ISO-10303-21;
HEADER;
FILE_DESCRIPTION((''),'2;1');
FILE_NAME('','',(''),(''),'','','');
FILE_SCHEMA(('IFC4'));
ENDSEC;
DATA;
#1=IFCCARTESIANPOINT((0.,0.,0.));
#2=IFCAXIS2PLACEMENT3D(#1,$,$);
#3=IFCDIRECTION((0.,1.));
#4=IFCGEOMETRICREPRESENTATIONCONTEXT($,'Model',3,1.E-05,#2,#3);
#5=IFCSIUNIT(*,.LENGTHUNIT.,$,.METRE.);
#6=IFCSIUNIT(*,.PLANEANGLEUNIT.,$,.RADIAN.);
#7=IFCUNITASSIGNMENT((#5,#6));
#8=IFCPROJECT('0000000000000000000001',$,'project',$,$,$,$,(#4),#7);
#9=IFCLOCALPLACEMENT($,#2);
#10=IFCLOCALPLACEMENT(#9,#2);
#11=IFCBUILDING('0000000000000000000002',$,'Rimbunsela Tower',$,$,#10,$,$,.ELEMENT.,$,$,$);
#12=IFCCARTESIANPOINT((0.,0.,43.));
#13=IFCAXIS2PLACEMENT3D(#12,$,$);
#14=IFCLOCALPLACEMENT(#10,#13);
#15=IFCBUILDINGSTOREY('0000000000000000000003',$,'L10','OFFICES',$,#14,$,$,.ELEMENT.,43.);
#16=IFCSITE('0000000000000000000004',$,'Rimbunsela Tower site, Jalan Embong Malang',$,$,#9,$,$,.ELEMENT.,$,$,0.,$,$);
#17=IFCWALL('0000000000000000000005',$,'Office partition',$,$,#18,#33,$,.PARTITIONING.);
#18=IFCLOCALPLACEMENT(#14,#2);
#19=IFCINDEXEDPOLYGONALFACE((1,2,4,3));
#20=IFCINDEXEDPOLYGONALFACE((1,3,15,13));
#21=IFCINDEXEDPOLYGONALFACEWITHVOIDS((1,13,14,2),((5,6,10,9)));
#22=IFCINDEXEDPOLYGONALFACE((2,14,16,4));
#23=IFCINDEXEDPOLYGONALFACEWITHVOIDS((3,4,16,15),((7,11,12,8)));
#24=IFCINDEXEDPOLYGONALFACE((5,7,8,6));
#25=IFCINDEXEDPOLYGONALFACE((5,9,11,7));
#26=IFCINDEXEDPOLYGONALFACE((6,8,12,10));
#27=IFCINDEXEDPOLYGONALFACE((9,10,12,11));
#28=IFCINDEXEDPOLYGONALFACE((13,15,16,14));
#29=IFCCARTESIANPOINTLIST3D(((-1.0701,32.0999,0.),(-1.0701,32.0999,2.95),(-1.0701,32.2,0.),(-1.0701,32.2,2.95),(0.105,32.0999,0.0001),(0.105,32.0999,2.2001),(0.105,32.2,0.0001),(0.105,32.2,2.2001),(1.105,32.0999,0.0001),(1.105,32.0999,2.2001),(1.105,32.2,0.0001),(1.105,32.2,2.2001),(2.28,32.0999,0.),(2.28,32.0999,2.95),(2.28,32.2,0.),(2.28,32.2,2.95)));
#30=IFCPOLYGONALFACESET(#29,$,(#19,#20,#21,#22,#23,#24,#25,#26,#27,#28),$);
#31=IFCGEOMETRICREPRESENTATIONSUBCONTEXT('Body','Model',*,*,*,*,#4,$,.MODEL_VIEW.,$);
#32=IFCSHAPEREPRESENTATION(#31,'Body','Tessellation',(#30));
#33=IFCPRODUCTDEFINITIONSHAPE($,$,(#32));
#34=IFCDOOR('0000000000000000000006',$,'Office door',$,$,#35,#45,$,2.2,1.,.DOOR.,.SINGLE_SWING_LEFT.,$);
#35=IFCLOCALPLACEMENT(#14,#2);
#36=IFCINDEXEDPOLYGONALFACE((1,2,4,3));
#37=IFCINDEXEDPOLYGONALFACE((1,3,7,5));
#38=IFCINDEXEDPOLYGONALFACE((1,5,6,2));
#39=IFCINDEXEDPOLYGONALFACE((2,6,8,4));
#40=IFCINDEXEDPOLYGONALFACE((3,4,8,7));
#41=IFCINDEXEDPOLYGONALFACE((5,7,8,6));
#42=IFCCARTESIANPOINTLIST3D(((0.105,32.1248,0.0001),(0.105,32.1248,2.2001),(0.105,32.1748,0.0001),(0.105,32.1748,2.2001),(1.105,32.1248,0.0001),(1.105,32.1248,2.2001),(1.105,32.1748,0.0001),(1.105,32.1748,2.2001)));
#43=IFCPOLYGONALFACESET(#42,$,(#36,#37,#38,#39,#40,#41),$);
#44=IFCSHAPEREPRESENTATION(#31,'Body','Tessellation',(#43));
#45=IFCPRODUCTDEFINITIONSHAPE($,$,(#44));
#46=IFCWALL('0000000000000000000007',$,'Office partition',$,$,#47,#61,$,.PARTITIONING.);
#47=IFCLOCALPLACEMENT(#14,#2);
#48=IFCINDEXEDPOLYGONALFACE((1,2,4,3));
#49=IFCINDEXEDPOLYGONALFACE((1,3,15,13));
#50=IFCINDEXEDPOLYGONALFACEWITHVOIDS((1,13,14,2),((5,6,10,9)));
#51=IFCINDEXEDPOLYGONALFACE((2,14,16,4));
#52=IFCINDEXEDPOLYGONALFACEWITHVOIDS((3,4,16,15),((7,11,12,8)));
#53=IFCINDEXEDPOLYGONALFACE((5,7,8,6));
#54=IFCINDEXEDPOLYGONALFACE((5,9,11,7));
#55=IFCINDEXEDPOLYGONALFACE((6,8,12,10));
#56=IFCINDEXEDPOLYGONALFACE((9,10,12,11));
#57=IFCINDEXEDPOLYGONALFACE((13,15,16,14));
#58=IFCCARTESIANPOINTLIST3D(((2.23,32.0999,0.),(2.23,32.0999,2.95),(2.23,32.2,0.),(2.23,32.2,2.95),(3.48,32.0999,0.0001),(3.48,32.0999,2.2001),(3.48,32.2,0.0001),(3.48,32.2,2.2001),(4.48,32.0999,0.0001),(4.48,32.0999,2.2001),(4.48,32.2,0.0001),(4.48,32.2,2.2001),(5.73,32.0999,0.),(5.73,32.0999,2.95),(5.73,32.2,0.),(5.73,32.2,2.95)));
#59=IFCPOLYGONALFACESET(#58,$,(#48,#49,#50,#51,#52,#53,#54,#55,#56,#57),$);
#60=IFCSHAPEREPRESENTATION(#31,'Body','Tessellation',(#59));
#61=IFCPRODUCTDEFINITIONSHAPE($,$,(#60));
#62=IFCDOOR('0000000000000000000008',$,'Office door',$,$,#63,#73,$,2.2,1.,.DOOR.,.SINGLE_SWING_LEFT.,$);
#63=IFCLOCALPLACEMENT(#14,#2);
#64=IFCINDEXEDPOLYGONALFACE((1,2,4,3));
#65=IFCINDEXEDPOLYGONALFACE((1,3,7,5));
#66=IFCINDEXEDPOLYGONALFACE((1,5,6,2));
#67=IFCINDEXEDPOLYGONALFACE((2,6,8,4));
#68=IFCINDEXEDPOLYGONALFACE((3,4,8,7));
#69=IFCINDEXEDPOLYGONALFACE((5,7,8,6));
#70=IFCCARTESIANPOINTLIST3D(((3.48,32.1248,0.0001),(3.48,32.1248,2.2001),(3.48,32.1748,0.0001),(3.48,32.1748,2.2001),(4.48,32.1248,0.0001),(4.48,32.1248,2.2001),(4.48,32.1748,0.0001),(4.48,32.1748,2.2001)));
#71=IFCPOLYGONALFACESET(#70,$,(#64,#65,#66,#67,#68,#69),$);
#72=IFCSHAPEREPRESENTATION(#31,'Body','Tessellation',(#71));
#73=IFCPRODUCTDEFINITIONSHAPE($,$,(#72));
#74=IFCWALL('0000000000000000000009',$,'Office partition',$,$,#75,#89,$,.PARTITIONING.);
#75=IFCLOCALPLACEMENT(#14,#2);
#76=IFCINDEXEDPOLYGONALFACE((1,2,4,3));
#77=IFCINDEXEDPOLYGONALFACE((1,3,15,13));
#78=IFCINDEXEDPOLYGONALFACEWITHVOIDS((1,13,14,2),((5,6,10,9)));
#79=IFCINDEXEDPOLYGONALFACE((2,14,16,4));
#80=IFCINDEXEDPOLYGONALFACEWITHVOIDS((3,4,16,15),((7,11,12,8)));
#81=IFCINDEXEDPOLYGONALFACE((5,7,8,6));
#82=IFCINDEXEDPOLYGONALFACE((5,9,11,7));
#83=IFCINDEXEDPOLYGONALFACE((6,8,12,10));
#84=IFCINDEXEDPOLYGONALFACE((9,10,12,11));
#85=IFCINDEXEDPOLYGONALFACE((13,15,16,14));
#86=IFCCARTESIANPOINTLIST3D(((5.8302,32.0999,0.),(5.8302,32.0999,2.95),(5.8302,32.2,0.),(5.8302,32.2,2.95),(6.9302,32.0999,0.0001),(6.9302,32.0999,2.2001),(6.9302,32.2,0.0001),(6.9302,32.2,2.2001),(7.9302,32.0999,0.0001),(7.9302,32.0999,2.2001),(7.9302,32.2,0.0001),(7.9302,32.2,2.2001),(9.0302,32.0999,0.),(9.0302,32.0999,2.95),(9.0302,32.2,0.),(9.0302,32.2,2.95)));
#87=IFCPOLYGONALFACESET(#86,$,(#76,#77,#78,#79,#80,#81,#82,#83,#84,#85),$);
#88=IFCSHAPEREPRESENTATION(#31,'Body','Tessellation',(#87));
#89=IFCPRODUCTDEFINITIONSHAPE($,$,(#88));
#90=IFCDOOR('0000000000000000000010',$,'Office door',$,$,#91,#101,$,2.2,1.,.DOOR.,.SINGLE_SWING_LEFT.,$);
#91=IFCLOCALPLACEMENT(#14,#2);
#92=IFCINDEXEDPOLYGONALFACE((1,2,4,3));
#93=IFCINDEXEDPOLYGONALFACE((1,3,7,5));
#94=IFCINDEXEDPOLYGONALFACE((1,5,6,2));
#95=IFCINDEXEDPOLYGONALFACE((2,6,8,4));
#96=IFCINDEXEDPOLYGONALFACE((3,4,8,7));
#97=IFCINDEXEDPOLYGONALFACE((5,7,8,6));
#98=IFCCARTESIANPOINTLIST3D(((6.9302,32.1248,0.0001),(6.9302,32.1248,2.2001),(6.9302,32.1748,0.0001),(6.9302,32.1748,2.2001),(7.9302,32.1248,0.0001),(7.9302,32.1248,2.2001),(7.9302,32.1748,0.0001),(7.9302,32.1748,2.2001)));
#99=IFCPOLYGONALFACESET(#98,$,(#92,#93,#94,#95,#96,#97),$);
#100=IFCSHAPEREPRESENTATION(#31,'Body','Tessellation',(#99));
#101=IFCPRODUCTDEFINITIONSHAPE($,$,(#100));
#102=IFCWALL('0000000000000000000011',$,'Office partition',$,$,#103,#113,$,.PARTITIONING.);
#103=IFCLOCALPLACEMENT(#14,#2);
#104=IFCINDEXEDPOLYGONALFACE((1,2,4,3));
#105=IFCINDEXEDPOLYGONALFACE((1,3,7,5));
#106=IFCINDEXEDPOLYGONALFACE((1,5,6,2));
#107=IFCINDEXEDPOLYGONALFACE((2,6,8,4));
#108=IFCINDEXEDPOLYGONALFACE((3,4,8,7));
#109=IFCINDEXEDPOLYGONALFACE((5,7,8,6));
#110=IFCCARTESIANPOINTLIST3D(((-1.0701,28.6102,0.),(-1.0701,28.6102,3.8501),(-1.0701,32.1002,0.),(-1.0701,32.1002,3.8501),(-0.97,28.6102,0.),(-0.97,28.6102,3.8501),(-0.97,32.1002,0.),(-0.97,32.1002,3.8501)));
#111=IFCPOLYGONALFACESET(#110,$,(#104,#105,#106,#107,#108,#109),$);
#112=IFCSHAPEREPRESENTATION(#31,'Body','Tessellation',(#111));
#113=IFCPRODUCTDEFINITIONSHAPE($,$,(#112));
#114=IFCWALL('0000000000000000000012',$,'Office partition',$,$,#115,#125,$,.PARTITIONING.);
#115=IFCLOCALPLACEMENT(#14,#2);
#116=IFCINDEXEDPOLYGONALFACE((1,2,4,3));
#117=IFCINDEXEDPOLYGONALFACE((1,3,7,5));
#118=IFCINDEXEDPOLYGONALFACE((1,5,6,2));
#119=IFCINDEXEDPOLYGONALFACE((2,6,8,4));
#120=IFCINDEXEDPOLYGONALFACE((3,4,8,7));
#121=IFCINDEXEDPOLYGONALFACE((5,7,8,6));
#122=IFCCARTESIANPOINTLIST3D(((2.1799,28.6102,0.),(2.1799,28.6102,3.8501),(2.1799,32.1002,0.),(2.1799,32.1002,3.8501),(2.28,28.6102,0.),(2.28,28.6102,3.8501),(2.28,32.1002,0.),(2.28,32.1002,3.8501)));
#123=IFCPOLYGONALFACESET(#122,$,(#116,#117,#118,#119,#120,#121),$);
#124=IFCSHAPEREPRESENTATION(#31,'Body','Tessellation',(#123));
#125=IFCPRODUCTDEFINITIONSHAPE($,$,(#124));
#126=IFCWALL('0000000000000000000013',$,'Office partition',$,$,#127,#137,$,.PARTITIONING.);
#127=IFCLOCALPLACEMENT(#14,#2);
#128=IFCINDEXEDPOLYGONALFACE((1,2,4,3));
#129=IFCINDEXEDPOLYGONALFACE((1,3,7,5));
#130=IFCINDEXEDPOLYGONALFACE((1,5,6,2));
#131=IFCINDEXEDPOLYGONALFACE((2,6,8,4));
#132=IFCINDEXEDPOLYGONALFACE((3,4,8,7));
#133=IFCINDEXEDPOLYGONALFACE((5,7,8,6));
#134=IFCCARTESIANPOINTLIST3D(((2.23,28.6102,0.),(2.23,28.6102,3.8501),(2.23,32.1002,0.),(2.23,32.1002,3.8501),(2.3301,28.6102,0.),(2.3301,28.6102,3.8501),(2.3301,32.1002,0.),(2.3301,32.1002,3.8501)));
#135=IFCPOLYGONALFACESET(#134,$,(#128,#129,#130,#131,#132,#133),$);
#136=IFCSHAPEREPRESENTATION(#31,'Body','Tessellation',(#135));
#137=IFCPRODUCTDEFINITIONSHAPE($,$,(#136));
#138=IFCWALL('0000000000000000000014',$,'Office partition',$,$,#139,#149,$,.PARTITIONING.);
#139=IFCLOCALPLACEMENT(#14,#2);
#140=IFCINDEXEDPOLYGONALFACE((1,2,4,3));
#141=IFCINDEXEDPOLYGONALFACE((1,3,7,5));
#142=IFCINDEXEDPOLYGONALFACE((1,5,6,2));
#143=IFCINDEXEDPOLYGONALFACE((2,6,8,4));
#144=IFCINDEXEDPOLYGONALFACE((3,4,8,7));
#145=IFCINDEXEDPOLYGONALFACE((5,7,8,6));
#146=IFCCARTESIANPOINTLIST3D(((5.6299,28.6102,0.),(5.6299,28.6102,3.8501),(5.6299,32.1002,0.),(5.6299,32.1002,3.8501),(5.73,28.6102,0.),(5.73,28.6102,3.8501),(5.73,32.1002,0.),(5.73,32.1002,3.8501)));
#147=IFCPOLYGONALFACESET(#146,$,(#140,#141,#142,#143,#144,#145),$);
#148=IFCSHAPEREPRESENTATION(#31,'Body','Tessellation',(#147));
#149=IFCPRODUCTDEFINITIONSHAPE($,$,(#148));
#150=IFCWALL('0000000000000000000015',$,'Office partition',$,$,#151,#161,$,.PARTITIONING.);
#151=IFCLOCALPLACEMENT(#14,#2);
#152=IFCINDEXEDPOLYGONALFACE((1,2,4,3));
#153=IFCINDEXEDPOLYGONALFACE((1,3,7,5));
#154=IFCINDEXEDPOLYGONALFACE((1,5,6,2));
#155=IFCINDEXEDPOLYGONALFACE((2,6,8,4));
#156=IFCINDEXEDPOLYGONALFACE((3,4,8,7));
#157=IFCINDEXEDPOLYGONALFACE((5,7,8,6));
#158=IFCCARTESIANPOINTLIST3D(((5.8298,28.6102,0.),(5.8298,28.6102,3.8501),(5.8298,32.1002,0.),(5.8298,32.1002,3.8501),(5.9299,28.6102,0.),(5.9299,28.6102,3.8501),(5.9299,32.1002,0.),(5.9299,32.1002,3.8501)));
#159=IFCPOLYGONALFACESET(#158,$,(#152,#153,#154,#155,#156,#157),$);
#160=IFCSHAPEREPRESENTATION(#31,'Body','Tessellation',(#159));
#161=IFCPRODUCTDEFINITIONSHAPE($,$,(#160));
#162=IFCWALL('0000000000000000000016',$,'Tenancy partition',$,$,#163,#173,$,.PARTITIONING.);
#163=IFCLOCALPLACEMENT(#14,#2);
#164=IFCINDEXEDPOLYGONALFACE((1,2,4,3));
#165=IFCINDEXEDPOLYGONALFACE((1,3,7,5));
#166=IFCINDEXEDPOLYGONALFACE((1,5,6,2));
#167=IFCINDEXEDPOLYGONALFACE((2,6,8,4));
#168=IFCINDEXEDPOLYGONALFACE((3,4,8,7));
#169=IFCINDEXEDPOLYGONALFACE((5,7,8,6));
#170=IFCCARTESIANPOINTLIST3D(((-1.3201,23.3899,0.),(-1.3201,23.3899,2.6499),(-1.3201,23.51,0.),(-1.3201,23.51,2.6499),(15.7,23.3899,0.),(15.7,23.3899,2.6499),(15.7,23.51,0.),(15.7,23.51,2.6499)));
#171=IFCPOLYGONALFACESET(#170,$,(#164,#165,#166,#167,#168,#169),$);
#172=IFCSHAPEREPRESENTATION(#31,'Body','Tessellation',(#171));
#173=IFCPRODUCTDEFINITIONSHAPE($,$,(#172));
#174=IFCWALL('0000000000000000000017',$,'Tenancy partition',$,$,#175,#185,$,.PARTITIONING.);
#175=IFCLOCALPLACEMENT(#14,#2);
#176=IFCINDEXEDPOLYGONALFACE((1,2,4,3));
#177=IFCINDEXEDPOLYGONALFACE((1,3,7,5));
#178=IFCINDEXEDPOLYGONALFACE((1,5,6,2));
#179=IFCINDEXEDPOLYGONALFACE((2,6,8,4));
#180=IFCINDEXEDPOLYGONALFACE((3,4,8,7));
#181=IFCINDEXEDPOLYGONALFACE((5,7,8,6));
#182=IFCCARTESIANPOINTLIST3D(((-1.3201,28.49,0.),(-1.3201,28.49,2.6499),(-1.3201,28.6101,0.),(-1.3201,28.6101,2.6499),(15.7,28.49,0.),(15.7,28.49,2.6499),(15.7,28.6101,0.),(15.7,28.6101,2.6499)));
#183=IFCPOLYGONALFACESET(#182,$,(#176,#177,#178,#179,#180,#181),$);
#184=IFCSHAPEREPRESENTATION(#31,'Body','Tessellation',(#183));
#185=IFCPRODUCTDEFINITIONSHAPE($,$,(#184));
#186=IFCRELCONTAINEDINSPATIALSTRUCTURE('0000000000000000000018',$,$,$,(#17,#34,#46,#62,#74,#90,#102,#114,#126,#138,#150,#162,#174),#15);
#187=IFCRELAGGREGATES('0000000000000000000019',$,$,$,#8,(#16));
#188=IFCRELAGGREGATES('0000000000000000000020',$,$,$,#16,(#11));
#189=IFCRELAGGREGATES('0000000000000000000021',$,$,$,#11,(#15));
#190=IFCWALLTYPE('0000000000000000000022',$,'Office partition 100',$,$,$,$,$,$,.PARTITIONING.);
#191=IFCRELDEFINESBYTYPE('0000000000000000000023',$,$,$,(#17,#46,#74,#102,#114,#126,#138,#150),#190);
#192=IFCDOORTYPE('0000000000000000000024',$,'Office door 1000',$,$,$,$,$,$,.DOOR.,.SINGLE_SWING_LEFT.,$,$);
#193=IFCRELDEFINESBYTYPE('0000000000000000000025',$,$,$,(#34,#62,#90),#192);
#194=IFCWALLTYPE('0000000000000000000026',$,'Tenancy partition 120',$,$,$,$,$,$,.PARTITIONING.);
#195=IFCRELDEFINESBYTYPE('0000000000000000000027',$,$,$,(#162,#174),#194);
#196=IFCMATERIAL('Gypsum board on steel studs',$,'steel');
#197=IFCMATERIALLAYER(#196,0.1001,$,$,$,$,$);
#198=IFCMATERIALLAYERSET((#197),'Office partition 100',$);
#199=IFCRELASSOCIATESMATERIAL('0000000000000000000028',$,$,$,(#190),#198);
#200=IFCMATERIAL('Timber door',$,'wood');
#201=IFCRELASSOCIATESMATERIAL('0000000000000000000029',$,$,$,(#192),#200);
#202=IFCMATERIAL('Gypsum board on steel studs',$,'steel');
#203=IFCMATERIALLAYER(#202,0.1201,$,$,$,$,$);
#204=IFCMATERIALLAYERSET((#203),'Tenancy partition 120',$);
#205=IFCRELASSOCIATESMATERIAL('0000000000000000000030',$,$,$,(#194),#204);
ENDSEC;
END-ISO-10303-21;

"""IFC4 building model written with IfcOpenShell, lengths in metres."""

from ifc_helpers import new_model, si_unit, direction, frame, frame_2d, origin, place, context, subcontext, project, spatial, rectangle, extrude, material, layer, layer_set, type_object, element, fill, save


model = new_model("IFC4")

# Units and contexts
model_context = context("Model", 3, precision=1e-05, world=origin(), true_north=direction((0.0, 1.0)))
body_context = subcontext(model_context, "Body", "Model", "MODEL_VIEW")
ifc_project = project(units=[si_unit("LENGTHUNIT", "METRE"), si_unit("PLANEANGLEUNIT", "RADIAN")], contexts=[model_context])

# Site, building, storey
site_placement = place(None, origin())
site = spatial("IfcSite", under=ifc_project, at=site_placement, Name="Rimbunsela Tower site, Jalan Embong Malang", CompositionType="ELEMENT", RefElevation=0.0)
building_placement = place(site_placement, origin())
building = spatial("IfcBuilding", under=site, at=building_placement, Name="Rimbunsela Tower", CompositionType="ELEMENT")
storey_placement = place(building_placement, frame((0.0, 0.0, 43.0)))
storey = spatial("IfcBuildingStorey", under=building, at=storey_placement, Name="L10", Description="OFFICES", CompositionType="ELEMENT", Elevation=43.0)

# Walls, openings, doors
ifc_material_1 = material(Name="Gypsum board on steel studs", Category="steel")
ifc_layer_1 = layer(ifc_material_1, 0.1001)
ifc_layer_set_1 = layer_set([ifc_layer_1], Name="Office partition 100")
wall_type_1 = type_object("IfcWallType", Name="Office partition 100", PredefinedType="PARTITIONING", material=ifc_layer_set_1)
wall_1_placement = place(storey_placement, frame((-1.0701, 32.1499, 0.0), z_axis=(0.0, 0.0, 1.0), x_axis=(1.0, 0.0, 0.0)))
wall_1 = element("IfcWall", 1, at=wall_1_placement, inside=storey, type_object=wall_type_1, Name="Office partition", PredefinedType="PARTITIONING", context=body_context, shape_type="SweptSolid", body=[
    extrude(rectangle(XDim=3.3501, YDim=0.1001, at=frame_2d((1.675, 0.0))), origin(), (0.0, 0.0, 1.0), 2.95),
])
opening_1_placement = place(wall_1_placement, frame((1.175, 0.0, 0.0)))
opening_1 = element("IfcOpeningElement", 2, at=opening_1_placement, cuts=wall_1, PredefinedType="OPENING", context=body_context, shape_type="SweptSolid", body=[
    extrude(rectangle(XDim=1.0, YDim=2.2, at=frame_2d((0.5, 1.1001))), frame((0.0, 0.0601, 0.0), z_axis=(0.0, -1.0, 0.0), x_axis=(1.0, 0.0, 0.0)), (0.0, 0.0, 1.0), 0.1201),
])
ifc_material_2 = material(Name="Timber door", Category="wood")
door_type = type_object("IfcDoorType", Name="Office door 1000", OperationType="SINGLE_SWING_LEFT", PredefinedType="DOOR", material=ifc_material_2)
door_1_placement = place(opening_1_placement, origin())
door_1 = element("IfcDoor", 3, at=door_1_placement, inside=storey, type_object=door_type, Name="Office door", OperationType="SINGLE_SWING_LEFT", OverallHeight=2.2, OverallWidth=1.0, PredefinedType="DOOR", context=body_context, shape_type="SweptSolid", body=[
    extrude(rectangle(XDim=1.0, YDim=2.2, at=frame_2d((0.5, 1.1001))), frame((0.0, 0.0249, 0.0), z_axis=(0.0, -1.0, 0.0), x_axis=(1.0, 0.0, 0.0)), (0.0, 0.0, 1.0), 0.05),
])
fill(opening_1, door_1)
wall_2_placement = place(storey_placement, frame((2.23, 32.1499, 0.0), z_axis=(0.0, 0.0, 1.0), x_axis=(1.0, 0.0, 0.0)))
wall_2 = element("IfcWall", 4, at=wall_2_placement, inside=storey, type_object=wall_type_1, Name="Office partition", PredefinedType="PARTITIONING", context=body_context, shape_type="SweptSolid", body=[
    extrude(rectangle(XDim=3.5, YDim=0.1001, at=frame_2d((1.75, 0.0))), origin(), (0.0, 0.0, 1.0), 2.95),
])
opening_2_placement = place(wall_2_placement, frame((1.25, 0.0, 0.0)))
opening_2 = element("IfcOpeningElement", 5, at=opening_2_placement, cuts=wall_2, PredefinedType="OPENING", context=body_context, shape_type="SweptSolid", body=[
    extrude(rectangle(XDim=1.0, YDim=2.2, at=frame_2d((0.5, 1.1001))), frame((0.0, 0.0601, 0.0), z_axis=(0.0, -1.0, 0.0), x_axis=(1.0, 0.0, 0.0)), (0.0, 0.0, 1.0), 0.1201),
])
door_2_placement = place(opening_2_placement, origin())
door_2 = element("IfcDoor", 6, at=door_2_placement, inside=storey, type_object=door_type, Name="Office door", OperationType="SINGLE_SWING_LEFT", OverallHeight=2.2, OverallWidth=1.0, PredefinedType="DOOR", context=body_context, shape_type="SweptSolid", body=[
    extrude(rectangle(XDim=1.0, YDim=2.2, at=frame_2d((0.5, 1.1001))), frame((0.0, 0.0249, 0.0), z_axis=(0.0, -1.0, 0.0), x_axis=(1.0, 0.0, 0.0)), (0.0, 0.0, 1.0), 0.05),
])
fill(opening_2, door_2)
wall_3_placement = place(storey_placement, frame((5.8301, 32.1499, 0.0), z_axis=(0.0, 0.0, 1.0), x_axis=(1.0, 0.0, 0.0)))
wall_3 = element("IfcWall", 7, at=wall_3_placement, inside=storey, type_object=wall_type_1, Name="Office partition", PredefinedType="PARTITIONING", context=body_context, shape_type="SweptSolid", body=[
    extrude(rectangle(XDim=3.2, YDim=0.1001, at=frame_2d((1.6001, 0.0))), origin(), (0.0, 0.0, 1.0), 2.95),
])
opening_3_placement = place(wall_3_placement, frame((1.1001, 0.0, 0.0)))
opening_3 = element("IfcOpeningElement", 8, at=opening_3_placement, cuts=wall_3, PredefinedType="OPENING", context=body_context, shape_type="SweptSolid", body=[
    extrude(rectangle(XDim=1.0, YDim=2.2, at=frame_2d((0.5, 1.1001))), frame((0.0, 0.0601, 0.0), z_axis=(0.0, -1.0, 0.0), x_axis=(1.0, 0.0, 0.0)), (0.0, 0.0, 1.0), 0.1201),
])
door_3_placement = place(opening_3_placement, origin())
door_3 = element("IfcDoor", 9, at=door_3_placement, inside=storey, type_object=door_type, Name="Office door", OperationType="SINGLE_SWING_LEFT", OverallHeight=2.2, OverallWidth=1.0, PredefinedType="DOOR", context=body_context, shape_type="SweptSolid", body=[
    extrude(rectangle(XDim=1.0, YDim=2.2, at=frame_2d((0.5, 1.1001))), frame((0.0, 0.0249, 0.0), z_axis=(0.0, -1.0, 0.0), x_axis=(1.0, 0.0, 0.0)), (0.0, 0.0, 1.0), 0.05),
])
fill(opening_3, door_3)

# Walls
for number, where, z_axis, x_axis, name in (
    (10, (-1.02, 28.6101, 0.0), (0.0, 0.0, 1.0), (0.0, 1.0, 0.0), "Office partition"),
    (11, (2.23, 28.6101, 0.0), (0.0, 0.0, 1.0), (0.0, 1.0, 0.0), "Office partition"),
    (12, (2.28, 28.6101, 0.0), (0.0, 0.0, 1.0), (0.0, 1.0, 0.0), "Office partition"),
    (13, (5.6799, 28.6101, 0.0), (0.0, 0.0, 1.0), (0.0, 1.0, 0.0), "Office partition"),
    (14, (5.8799, 28.6101, 0.0), (0.0, 0.0, 1.0), (0.0, 1.0, 0.0), "Office partition"),
):
    element("IfcWall", number, at=place(storey_placement, frame(where, z_axis=z_axis, x_axis=x_axis)), inside=storey, type_object=wall_type_1, Name=name, PredefinedType="PARTITIONING", context=body_context, shape_type="SweptSolid", body=[
        extrude(rectangle(XDim=3.49, YDim=0.1001, at=frame_2d((1.7451, 0.0))), origin(), (0.0, 0.0, 1.0), 3.8501),
    ])
ifc_material_3 = material(Name="Gypsum board on steel studs", Category="steel")
ifc_layer_2 = layer(ifc_material_3, 0.1201)
ifc_layer_set_2 = layer_set([ifc_layer_2], Name="Tenancy partition 120")
wall_type_2 = type_object("IfcWallType", Name="Tenancy partition 120", PredefinedType="PARTITIONING", material=ifc_layer_set_2)
for number, where, z_axis, x_axis, name in (
    (15, (-1.3201, 23.45, 0.0), (0.0, 0.0, 1.0), (1.0, 0.0, 0.0), "Tenancy partition"),
    (16, (-1.3201, 28.55, 0.0), (0.0, 0.0, 1.0), (1.0, 0.0, 0.0), "Tenancy partition"),
):
    element("IfcWall", number, at=place(storey_placement, frame(where, z_axis=z_axis, x_axis=x_axis)), inside=storey, type_object=wall_type_2, Name=name, PredefinedType="PARTITIONING", context=body_context, shape_type="SweptSolid", body=[
        extrude(rectangle(XDim=17.02, YDim=0.1201, at=frame_2d((8.51, 0.0))), origin(), (0.0, 0.0, 1.0), 2.6499),
    ])

save(model, "model.ifc")
